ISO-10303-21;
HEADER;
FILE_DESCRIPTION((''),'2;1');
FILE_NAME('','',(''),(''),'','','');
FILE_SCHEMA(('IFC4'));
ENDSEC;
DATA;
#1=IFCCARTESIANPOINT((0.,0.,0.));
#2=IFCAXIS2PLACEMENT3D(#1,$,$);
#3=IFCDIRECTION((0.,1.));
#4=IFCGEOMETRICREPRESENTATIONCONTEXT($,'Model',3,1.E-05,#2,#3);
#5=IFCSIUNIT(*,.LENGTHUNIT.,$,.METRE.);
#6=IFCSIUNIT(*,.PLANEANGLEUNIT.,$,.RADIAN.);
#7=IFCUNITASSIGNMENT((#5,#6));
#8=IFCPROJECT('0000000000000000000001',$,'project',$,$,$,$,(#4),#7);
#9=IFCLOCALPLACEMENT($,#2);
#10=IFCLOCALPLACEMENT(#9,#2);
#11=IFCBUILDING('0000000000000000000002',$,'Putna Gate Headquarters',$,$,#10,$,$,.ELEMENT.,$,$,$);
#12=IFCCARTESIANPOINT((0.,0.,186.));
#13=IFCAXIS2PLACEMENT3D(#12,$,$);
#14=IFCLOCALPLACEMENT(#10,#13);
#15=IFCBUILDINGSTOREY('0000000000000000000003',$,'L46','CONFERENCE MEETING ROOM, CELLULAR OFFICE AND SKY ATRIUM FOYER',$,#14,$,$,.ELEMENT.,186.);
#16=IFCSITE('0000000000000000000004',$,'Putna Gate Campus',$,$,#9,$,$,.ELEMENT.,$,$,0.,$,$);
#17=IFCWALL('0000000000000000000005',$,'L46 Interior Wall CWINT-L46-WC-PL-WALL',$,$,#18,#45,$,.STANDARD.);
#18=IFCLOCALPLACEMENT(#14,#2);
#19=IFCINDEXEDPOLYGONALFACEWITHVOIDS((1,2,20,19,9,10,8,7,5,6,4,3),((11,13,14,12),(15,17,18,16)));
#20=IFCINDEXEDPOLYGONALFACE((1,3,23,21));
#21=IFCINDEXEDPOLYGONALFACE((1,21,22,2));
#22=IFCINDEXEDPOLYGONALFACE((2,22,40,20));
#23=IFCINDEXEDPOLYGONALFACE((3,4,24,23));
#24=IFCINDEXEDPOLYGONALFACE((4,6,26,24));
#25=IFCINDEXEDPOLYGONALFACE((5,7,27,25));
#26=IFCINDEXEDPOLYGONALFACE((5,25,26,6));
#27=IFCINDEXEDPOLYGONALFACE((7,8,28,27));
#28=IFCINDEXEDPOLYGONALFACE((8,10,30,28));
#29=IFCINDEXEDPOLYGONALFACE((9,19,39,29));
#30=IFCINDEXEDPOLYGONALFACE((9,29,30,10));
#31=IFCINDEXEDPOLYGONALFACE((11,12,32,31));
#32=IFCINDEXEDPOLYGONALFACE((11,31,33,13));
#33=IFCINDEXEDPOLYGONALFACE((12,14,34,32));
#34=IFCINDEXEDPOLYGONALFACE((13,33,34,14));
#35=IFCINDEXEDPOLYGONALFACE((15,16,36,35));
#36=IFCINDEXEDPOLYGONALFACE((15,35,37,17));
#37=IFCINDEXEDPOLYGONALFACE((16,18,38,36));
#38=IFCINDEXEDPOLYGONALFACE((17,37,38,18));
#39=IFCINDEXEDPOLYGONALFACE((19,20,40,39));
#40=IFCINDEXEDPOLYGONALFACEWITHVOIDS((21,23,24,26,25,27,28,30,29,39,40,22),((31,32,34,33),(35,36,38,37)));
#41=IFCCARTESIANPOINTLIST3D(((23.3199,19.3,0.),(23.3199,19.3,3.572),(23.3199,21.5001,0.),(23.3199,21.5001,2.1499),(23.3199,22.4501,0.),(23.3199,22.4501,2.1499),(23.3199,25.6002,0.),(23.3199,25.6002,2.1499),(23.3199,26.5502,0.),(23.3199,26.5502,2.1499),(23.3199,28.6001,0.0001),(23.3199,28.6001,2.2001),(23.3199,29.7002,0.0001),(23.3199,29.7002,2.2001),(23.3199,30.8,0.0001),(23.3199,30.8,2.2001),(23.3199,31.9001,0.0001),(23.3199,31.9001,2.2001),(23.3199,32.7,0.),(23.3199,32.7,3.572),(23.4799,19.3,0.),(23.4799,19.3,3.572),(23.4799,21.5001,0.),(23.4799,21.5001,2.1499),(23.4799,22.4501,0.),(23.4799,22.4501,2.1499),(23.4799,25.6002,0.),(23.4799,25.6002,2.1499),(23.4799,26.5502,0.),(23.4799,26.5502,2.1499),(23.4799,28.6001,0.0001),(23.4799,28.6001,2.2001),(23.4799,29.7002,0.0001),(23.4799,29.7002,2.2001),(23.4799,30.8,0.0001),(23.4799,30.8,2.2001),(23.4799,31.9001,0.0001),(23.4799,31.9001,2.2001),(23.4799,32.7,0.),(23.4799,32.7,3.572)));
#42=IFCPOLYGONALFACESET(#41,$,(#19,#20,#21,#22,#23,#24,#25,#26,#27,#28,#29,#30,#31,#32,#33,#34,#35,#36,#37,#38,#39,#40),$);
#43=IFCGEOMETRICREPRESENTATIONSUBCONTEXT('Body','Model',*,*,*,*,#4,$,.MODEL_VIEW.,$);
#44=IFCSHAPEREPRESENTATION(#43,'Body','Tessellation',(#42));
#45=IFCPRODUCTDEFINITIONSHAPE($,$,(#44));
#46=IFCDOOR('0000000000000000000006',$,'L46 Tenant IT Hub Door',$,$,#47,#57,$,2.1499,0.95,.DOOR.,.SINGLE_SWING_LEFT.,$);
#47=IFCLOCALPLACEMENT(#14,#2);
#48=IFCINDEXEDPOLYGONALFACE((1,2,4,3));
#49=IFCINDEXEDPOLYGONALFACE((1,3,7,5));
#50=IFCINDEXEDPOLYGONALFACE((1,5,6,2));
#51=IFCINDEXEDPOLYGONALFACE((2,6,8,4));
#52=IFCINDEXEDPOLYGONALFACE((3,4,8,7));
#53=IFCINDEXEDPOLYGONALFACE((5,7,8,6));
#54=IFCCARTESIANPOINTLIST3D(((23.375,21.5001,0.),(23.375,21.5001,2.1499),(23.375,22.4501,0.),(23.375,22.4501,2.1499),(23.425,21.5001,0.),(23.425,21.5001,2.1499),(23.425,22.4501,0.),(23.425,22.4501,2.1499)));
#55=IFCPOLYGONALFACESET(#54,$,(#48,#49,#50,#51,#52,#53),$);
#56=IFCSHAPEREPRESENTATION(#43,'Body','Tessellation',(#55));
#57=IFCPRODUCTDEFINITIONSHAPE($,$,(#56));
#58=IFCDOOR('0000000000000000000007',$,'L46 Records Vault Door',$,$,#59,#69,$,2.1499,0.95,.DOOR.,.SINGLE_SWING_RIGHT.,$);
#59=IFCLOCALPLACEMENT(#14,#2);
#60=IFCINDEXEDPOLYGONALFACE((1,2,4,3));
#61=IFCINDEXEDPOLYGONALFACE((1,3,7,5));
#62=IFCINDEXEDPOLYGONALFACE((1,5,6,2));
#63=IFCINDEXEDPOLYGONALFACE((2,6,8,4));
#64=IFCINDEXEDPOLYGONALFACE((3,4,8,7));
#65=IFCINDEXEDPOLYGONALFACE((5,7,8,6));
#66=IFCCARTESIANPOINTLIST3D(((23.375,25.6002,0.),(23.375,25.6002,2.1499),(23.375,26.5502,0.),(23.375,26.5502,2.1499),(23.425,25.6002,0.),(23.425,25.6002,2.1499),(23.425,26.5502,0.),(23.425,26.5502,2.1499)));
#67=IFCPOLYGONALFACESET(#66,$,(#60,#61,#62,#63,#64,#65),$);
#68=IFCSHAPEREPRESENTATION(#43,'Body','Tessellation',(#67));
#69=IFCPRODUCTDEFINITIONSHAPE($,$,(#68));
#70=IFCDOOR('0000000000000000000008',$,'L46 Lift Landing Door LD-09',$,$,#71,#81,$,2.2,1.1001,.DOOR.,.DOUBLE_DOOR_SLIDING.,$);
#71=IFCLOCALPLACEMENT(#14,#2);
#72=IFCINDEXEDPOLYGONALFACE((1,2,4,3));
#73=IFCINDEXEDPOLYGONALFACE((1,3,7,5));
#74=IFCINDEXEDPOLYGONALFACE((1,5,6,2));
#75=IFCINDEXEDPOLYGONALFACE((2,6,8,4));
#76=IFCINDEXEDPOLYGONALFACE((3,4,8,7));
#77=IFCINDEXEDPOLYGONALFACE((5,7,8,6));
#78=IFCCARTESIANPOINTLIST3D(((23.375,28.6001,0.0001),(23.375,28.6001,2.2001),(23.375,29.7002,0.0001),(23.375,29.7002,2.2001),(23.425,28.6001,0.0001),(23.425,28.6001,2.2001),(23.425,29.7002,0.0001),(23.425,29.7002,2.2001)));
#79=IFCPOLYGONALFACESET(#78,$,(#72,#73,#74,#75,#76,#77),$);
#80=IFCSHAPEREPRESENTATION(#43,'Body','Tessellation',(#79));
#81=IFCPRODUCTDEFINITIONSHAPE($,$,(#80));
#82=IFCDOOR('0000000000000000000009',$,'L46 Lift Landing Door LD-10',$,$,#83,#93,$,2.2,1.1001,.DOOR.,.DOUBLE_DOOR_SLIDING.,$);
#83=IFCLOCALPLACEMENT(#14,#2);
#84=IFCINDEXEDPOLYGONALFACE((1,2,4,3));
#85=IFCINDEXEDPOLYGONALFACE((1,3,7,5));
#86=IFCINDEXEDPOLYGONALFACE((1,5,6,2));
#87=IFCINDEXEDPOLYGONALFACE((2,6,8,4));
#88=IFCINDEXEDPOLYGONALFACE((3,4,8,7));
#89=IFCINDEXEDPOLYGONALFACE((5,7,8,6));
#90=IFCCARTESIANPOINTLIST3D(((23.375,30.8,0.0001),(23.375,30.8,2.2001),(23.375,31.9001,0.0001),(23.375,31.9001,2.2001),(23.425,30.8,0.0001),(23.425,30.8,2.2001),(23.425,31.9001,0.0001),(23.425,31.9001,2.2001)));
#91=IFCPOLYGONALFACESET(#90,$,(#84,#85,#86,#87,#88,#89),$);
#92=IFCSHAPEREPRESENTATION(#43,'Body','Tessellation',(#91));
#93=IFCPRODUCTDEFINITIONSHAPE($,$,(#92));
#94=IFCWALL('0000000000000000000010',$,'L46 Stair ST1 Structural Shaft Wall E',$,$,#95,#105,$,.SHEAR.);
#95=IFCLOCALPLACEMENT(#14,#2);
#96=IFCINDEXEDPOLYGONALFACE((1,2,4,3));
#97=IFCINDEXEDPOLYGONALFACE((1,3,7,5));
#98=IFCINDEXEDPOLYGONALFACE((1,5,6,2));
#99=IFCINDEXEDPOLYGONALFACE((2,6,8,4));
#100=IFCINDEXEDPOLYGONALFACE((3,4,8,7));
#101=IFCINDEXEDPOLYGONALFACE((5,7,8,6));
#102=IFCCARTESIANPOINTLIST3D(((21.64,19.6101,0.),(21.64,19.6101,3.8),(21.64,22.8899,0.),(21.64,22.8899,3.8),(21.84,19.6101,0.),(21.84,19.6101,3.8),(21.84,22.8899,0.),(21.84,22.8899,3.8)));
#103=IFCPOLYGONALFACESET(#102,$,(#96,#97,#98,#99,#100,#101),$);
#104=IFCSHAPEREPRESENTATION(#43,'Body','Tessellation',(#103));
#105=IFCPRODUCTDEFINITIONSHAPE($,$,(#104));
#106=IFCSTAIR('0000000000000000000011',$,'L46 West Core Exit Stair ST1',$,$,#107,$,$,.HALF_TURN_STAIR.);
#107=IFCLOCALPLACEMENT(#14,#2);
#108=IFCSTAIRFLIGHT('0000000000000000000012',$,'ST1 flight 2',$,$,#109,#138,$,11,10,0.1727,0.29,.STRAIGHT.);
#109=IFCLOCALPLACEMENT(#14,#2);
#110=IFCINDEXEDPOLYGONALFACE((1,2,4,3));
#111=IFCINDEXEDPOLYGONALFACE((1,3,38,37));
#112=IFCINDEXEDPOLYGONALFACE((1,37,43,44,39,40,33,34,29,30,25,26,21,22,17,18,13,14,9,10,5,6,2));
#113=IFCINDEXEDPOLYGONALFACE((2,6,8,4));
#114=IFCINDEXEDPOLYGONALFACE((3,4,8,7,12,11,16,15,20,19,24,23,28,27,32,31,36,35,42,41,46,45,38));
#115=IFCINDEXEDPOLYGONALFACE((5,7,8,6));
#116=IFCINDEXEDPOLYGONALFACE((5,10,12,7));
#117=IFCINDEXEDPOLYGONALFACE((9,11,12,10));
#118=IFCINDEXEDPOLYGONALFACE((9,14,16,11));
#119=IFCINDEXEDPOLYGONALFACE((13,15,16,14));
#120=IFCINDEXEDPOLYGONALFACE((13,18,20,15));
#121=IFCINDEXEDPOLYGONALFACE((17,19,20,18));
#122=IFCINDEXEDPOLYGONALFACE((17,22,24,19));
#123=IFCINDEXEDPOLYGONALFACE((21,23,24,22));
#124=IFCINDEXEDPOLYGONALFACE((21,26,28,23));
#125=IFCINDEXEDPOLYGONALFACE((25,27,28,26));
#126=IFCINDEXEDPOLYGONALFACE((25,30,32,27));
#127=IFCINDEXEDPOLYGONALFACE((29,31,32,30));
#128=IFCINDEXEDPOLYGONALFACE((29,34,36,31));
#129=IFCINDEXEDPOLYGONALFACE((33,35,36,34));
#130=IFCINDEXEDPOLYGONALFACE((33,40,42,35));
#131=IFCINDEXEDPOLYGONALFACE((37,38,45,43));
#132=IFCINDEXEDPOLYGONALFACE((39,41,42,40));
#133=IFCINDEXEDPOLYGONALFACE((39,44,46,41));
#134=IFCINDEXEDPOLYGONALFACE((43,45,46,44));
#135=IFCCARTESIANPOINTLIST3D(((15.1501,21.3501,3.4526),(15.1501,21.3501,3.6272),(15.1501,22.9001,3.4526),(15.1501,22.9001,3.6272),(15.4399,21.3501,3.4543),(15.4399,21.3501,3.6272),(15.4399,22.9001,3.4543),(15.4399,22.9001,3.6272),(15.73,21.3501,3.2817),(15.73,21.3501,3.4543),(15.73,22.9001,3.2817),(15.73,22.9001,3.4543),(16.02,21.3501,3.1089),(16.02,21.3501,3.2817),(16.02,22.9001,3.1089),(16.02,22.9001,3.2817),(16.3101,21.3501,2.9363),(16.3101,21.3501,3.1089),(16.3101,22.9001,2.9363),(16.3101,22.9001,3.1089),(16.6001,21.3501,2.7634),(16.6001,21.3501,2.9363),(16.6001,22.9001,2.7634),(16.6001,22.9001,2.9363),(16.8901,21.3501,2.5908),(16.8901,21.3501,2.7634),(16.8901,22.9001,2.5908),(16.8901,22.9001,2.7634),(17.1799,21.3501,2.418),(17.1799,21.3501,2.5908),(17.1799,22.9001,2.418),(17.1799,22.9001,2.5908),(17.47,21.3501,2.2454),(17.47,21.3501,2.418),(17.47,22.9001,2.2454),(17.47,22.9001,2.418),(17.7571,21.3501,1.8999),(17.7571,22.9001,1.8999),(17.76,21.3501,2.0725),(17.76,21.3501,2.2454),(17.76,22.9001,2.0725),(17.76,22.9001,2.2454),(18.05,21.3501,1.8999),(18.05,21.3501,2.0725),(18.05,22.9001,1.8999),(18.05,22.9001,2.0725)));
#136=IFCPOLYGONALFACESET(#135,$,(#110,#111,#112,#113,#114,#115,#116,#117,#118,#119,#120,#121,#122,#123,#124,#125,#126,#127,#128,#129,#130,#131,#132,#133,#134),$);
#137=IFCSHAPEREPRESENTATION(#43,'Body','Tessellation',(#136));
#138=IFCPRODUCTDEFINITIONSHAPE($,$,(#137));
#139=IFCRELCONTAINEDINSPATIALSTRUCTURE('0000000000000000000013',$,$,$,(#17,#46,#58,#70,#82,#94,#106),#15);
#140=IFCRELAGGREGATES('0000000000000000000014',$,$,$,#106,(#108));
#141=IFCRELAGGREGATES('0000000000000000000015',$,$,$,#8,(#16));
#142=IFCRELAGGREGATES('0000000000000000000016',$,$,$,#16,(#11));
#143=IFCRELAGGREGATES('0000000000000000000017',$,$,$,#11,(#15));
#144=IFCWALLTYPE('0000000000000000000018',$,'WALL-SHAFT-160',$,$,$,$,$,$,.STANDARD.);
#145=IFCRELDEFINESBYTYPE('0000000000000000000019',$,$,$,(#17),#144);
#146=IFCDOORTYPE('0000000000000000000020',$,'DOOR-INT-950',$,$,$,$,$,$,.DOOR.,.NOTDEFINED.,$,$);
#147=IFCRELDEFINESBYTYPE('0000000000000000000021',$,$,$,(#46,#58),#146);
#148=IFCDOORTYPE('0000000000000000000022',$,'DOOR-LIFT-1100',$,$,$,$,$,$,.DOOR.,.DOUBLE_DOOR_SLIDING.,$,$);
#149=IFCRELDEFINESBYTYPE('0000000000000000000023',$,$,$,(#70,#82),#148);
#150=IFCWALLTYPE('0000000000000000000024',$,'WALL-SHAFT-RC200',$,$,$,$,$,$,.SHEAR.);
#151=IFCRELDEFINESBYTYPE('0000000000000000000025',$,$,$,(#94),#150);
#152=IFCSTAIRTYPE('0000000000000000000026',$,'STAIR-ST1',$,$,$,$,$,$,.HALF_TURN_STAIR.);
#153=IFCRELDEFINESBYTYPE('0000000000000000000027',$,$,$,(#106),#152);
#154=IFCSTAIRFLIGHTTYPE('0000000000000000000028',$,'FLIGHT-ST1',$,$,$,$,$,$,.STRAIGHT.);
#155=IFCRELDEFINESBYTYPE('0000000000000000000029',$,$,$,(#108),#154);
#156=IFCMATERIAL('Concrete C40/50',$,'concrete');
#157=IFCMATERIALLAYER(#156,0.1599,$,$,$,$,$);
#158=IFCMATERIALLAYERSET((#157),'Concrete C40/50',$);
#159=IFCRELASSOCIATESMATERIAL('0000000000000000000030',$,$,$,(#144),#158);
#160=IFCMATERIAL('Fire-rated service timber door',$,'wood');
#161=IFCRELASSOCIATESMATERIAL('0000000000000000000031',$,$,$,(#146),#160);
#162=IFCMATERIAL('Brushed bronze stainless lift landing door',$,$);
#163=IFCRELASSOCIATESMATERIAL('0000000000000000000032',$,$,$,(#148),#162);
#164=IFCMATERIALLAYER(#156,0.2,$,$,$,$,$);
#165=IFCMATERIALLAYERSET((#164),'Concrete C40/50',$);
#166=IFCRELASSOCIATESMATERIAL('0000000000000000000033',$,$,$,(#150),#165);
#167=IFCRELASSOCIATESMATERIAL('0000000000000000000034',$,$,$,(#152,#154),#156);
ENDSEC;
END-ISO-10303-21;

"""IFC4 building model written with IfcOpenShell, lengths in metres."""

from ifc_helpers import new_model, si_unit, direction, frame, frame_2d, origin, place, context, subcontext, project, spatial, polyline, rectangle, outline, extrude, material, layer, layer_set, type_object, element, fill, aggregate, save


model = new_model("IFC4")

# Units and contexts
model_context = context("Model", 3, precision=1e-05, world=origin(), true_north=direction((0.0, 1.0)))
body_context = subcontext(model_context, "Body", "Model", "MODEL_VIEW")
ifc_project = project(units=[si_unit("LENGTHUNIT", "METRE"), si_unit("PLANEANGLEUNIT", "RADIAN")], contexts=[model_context])

# Site, building, storey
site_placement = place(None, origin())
site = spatial("IfcSite", under=ifc_project, at=site_placement, Name="Putna Gate Campus", CompositionType="ELEMENT", RefElevation=0.0)
building_placement = place(site_placement, origin())
building = spatial("IfcBuilding", under=site, at=building_placement, Name="Putna Gate Headquarters", CompositionType="ELEMENT")
storey_placement = place(building_placement, frame((0.0, 0.0, 186.0)))
storey = spatial("IfcBuildingStorey", under=building, at=storey_placement, Name="L46", Description="CONFERENCE MEETING ROOM, CELLULAR OFFICE AND SKY ATRIUM FOYER", CompositionType="ELEMENT", Elevation=186.0)

# Wall, openings, doors
ifc_material_1 = material(Name="Concrete C40/50", Category="concrete")
ifc_layer_1 = layer(ifc_material_1, 0.1599)
ifc_layer_set_1 = layer_set([ifc_layer_1], Name="Concrete C40/50")
wall_type_1 = type_object("IfcWallType", Name="WALL-SHAFT-160", PredefinedType="STANDARD", material=ifc_layer_set_1)
wall_1_placement = place(storey_placement, frame((23.3999, 19.3, 0.0), z_axis=(0.0, 0.0, 1.0), x_axis=(0.0, 1.0, 0.0)))
wall_1 = element("IfcWall", 1, at=wall_1_placement, inside=storey, type_object=wall_type_1, Name="L46 Interior Wall CWINT-L46-WC-PL-WALL", PredefinedType="STANDARD", context=body_context, shape_type="SweptSolid", body=[
    extrude(rectangle(XDim=13.3999, YDim=0.1599, at=frame_2d((6.7, 0.0))), origin(), (0.0, 0.0, 1.0), 3.572),
])
opening_1_placement = place(wall_1_placement, frame((2.2, 0.0, 0.0)))
opening_1 = element("IfcOpeningElement", 2, at=opening_1_placement, cuts=wall_1, PredefinedType="OPENING", context=body_context, shape_type="SweptSolid", body=[
    extrude(rectangle(XDim=0.95, YDim=2.1499, at=frame_2d((0.4751, 1.075))), frame((0.0, 0.0898, 0.0), z_axis=(0.0, -1.0, 0.0), x_axis=(1.0, 0.0, 0.0)), (0.0, 0.0, 1.0), 0.1799),
])
opening_2_placement = place(wall_1_placement, frame((6.3, 0.0, 0.0)))
opening_2 = element("IfcOpeningElement", 3, at=opening_2_placement, cuts=wall_1, PredefinedType="OPENING", context=body_context, shape_type="SweptSolid", body=[
    extrude(rectangle(XDim=0.95, YDim=2.1499, at=frame_2d((0.4751, 1.075))), frame((0.0, 0.0898, 0.0), z_axis=(0.0, -1.0, 0.0), x_axis=(1.0, 0.0, 0.0)), (0.0, 0.0, 1.0), 0.1799),
])
opening_3_placement = place(wall_1_placement, frame((9.3, 0.0, 0.0)))
opening_3 = element("IfcOpeningElement", 4, at=opening_3_placement, cuts=wall_1, PredefinedType="OPENING", context=body_context, shape_type="SweptSolid", body=[
    extrude(rectangle(XDim=1.1001, YDim=2.2, at=frame_2d((0.55, 1.1001))), frame((0.0, 0.0898, 0.0), z_axis=(0.0, -1.0, 0.0), x_axis=(1.0, 0.0, 0.0)), (0.0, 0.0, 1.0), 0.1799),
])
opening_4_placement = place(wall_1_placement, frame((11.5, 0.0, 0.0)))
opening_4 = element("IfcOpeningElement", 5, at=opening_4_placement, cuts=wall_1, PredefinedType="OPENING", context=body_context, shape_type="SweptSolid", body=[
    extrude(rectangle(XDim=1.1001, YDim=2.2, at=frame_2d((0.55, 1.1001))), frame((0.0, 0.0898, 0.0), z_axis=(0.0, -1.0, 0.0), x_axis=(1.0, 0.0, 0.0)), (0.0, 0.0, 1.0), 0.1799),
])
ifc_material_2 = material(Name="Fire-rated service timber door", Category="wood")
door_type_1 = type_object("IfcDoorType", Name="DOOR-INT-950", OperationType="NOTDEFINED", PredefinedType="DOOR", material=ifc_material_2)
door_1_placement = place(opening_1_placement, origin())
door_1 = element("IfcDoor", 6, at=door_1_placement, inside=storey, type_object=door_type_1, Name="L46 Tenant IT Hub Door", OperationType="SINGLE_SWING_LEFT", OverallHeight=2.1499, OverallWidth=0.95, PredefinedType="DOOR", context=body_context, shape_type="SweptSolid", body=[
    extrude(rectangle(XDim=0.95, YDim=2.1499, at=frame_2d((0.4751, 1.075))), frame((0.0, 0.0249, 0.0), z_axis=(0.0, -1.0, 0.0), x_axis=(1.0, 0.0, 0.0)), (0.0, 0.0, 1.0), 0.05),
])
fill(opening_1, door_1)
door_2_placement = place(opening_2_placement, origin())
door_2 = element("IfcDoor", 7, at=door_2_placement, inside=storey, type_object=door_type_1, Name="L46 Records Vault Door", OperationType="SINGLE_SWING_RIGHT", OverallHeight=2.1499, OverallWidth=0.95, PredefinedType="DOOR", context=body_context, shape_type="SweptSolid", body=[
    extrude(rectangle(XDim=0.95, YDim=2.1499, at=frame_2d((0.4751, 1.075))), frame((0.0, 0.0249, 0.0), z_axis=(0.0, -1.0, 0.0), x_axis=(1.0, 0.0, 0.0)), (0.0, 0.0, 1.0), 0.05),
])
fill(opening_2, door_2)
ifc_material_3 = material(Name="Brushed bronze stainless lift landing door")
door_type_2 = type_object("IfcDoorType", Name="DOOR-LIFT-1100", OperationType="DOUBLE_DOOR_SLIDING", PredefinedType="DOOR", material=ifc_material_3)
door_3_placement = place(opening_3_placement, origin())
door_3 = element("IfcDoor", 8, at=door_3_placement, inside=storey, type_object=door_type_2, Name="L46 Lift Landing Door LD-09", OperationType="DOUBLE_DOOR_SLIDING", OverallHeight=2.2, OverallWidth=1.1001, PredefinedType="DOOR", context=body_context, shape_type="SweptSolid", body=[
    extrude(rectangle(XDim=1.1001, YDim=2.2, at=frame_2d((0.55, 1.1001))), frame((0.0, 0.0249, 0.0), z_axis=(0.0, -1.0, 0.0), x_axis=(1.0, 0.0, 0.0)), (0.0, 0.0, 1.0), 0.05),
])
fill(opening_3, door_3)
door_4_placement = place(opening_4_placement, origin())
door_4 = element("IfcDoor", 9, at=door_4_placement, inside=storey, type_object=door_type_2, Name="L46 Lift Landing Door LD-10", OperationType="DOUBLE_DOOR_SLIDING", OverallHeight=2.2, OverallWidth=1.1001, PredefinedType="DOOR", context=body_context, shape_type="SweptSolid", body=[
    extrude(rectangle(XDim=1.1001, YDim=2.2, at=frame_2d((0.55, 1.1001))), frame((0.0, 0.0249, 0.0), z_axis=(0.0, -1.0, 0.0), x_axis=(1.0, 0.0, 0.0)), (0.0, 0.0, 1.0), 0.05),
])
fill(opening_4, door_4)

# Wall
ifc_layer_2 = layer(ifc_material_1, 0.2)
ifc_layer_set_2 = layer_set([ifc_layer_2], Name="Concrete C40/50")
wall_type_2 = type_object("IfcWallType", Name="WALL-SHAFT-RC200", PredefinedType="SHEAR", material=ifc_layer_set_2)
wall_2_placement = place(storey_placement, frame((21.74, 19.6101, 0.0), z_axis=(0.0, 0.0, 1.0), x_axis=(0.0, 1.0, 0.0)))
element("IfcWall", 10, at=wall_2_placement, inside=storey, type_object=wall_type_2, Name="L46 Stair ST1 Structural Shaft Wall E", PredefinedType="SHEAR", context=body_context, shape_type="SweptSolid", body=[
    extrude(rectangle(XDim=3.2798, YDim=0.2, at=frame_2d((1.6399, 0.0))), origin(), (0.0, 0.0, 1.0), 3.8),
])

# Stair, stair flight
stair_type = type_object("IfcStairType", Name="STAIR-ST1", PredefinedType="HALF_TURN_STAIR", material=ifc_material_1)
stair_placement = place(storey_placement, origin())
stair = element("IfcStair", 11, at=stair_placement, inside=storey, type_object=stair_type, Name="L46 West Core Exit Stair ST1", PredefinedType="HALF_TURN_STAIR")
stair_flight_type = type_object("IfcStairFlightType", Name="FLIGHT-ST1", PredefinedType="STRAIGHT", material=ifc_material_1)
stair_flight_placement = place(storey_placement, frame((18.05, 22.125, 1.8999), z_axis=(0.0, 0.0, 1.0), x_axis=(-1.0, 0.0, 0.0)))
stair_flight = element("IfcStairFlight", 12, at=stair_flight_placement, type_object=stair_flight_type, Name="ST1 flight 2", NumberOfRisers=11, NumberOfTreads=10, PredefinedType="STRAIGHT", RiserHeight=0.1727, TreadLength=0.29, context=body_context, shape_type="SweptSolid", body=[
    extrude(outline(polyline([(0.0, 0.0), (0.0, 0.1726), (0.29, 0.1726), (0.29, 0.3455), (0.5801, 0.3455), (0.5801, 0.5181), (0.8701, 0.5181), (0.8701, 0.6909), (1.1599, 0.6909), (1.1599, 0.8635), (1.45, 0.8635), (1.45, 1.0364), (1.74, 1.0364), (1.74, 1.209), (2.03, 1.209), (2.03, 1.3818), (2.3201, 1.3818), (2.3201, 1.5544), (2.6101, 1.5544), (2.6101, 1.7273), (2.8999, 1.7273), (2.8999, 1.8999), (2.8999, 1.5527), (0.293, 0.0), (0.0, 0.0)])), frame((0.0, 0.7749, 0.0), z_axis=(0.0, -1.0, 0.0), x_axis=(1.0, 0.0, 0.0)), (0.0, 0.0, 1.0), 1.55),
])
aggregate(stair, [stair_flight])

save(model, "model.ifc")
